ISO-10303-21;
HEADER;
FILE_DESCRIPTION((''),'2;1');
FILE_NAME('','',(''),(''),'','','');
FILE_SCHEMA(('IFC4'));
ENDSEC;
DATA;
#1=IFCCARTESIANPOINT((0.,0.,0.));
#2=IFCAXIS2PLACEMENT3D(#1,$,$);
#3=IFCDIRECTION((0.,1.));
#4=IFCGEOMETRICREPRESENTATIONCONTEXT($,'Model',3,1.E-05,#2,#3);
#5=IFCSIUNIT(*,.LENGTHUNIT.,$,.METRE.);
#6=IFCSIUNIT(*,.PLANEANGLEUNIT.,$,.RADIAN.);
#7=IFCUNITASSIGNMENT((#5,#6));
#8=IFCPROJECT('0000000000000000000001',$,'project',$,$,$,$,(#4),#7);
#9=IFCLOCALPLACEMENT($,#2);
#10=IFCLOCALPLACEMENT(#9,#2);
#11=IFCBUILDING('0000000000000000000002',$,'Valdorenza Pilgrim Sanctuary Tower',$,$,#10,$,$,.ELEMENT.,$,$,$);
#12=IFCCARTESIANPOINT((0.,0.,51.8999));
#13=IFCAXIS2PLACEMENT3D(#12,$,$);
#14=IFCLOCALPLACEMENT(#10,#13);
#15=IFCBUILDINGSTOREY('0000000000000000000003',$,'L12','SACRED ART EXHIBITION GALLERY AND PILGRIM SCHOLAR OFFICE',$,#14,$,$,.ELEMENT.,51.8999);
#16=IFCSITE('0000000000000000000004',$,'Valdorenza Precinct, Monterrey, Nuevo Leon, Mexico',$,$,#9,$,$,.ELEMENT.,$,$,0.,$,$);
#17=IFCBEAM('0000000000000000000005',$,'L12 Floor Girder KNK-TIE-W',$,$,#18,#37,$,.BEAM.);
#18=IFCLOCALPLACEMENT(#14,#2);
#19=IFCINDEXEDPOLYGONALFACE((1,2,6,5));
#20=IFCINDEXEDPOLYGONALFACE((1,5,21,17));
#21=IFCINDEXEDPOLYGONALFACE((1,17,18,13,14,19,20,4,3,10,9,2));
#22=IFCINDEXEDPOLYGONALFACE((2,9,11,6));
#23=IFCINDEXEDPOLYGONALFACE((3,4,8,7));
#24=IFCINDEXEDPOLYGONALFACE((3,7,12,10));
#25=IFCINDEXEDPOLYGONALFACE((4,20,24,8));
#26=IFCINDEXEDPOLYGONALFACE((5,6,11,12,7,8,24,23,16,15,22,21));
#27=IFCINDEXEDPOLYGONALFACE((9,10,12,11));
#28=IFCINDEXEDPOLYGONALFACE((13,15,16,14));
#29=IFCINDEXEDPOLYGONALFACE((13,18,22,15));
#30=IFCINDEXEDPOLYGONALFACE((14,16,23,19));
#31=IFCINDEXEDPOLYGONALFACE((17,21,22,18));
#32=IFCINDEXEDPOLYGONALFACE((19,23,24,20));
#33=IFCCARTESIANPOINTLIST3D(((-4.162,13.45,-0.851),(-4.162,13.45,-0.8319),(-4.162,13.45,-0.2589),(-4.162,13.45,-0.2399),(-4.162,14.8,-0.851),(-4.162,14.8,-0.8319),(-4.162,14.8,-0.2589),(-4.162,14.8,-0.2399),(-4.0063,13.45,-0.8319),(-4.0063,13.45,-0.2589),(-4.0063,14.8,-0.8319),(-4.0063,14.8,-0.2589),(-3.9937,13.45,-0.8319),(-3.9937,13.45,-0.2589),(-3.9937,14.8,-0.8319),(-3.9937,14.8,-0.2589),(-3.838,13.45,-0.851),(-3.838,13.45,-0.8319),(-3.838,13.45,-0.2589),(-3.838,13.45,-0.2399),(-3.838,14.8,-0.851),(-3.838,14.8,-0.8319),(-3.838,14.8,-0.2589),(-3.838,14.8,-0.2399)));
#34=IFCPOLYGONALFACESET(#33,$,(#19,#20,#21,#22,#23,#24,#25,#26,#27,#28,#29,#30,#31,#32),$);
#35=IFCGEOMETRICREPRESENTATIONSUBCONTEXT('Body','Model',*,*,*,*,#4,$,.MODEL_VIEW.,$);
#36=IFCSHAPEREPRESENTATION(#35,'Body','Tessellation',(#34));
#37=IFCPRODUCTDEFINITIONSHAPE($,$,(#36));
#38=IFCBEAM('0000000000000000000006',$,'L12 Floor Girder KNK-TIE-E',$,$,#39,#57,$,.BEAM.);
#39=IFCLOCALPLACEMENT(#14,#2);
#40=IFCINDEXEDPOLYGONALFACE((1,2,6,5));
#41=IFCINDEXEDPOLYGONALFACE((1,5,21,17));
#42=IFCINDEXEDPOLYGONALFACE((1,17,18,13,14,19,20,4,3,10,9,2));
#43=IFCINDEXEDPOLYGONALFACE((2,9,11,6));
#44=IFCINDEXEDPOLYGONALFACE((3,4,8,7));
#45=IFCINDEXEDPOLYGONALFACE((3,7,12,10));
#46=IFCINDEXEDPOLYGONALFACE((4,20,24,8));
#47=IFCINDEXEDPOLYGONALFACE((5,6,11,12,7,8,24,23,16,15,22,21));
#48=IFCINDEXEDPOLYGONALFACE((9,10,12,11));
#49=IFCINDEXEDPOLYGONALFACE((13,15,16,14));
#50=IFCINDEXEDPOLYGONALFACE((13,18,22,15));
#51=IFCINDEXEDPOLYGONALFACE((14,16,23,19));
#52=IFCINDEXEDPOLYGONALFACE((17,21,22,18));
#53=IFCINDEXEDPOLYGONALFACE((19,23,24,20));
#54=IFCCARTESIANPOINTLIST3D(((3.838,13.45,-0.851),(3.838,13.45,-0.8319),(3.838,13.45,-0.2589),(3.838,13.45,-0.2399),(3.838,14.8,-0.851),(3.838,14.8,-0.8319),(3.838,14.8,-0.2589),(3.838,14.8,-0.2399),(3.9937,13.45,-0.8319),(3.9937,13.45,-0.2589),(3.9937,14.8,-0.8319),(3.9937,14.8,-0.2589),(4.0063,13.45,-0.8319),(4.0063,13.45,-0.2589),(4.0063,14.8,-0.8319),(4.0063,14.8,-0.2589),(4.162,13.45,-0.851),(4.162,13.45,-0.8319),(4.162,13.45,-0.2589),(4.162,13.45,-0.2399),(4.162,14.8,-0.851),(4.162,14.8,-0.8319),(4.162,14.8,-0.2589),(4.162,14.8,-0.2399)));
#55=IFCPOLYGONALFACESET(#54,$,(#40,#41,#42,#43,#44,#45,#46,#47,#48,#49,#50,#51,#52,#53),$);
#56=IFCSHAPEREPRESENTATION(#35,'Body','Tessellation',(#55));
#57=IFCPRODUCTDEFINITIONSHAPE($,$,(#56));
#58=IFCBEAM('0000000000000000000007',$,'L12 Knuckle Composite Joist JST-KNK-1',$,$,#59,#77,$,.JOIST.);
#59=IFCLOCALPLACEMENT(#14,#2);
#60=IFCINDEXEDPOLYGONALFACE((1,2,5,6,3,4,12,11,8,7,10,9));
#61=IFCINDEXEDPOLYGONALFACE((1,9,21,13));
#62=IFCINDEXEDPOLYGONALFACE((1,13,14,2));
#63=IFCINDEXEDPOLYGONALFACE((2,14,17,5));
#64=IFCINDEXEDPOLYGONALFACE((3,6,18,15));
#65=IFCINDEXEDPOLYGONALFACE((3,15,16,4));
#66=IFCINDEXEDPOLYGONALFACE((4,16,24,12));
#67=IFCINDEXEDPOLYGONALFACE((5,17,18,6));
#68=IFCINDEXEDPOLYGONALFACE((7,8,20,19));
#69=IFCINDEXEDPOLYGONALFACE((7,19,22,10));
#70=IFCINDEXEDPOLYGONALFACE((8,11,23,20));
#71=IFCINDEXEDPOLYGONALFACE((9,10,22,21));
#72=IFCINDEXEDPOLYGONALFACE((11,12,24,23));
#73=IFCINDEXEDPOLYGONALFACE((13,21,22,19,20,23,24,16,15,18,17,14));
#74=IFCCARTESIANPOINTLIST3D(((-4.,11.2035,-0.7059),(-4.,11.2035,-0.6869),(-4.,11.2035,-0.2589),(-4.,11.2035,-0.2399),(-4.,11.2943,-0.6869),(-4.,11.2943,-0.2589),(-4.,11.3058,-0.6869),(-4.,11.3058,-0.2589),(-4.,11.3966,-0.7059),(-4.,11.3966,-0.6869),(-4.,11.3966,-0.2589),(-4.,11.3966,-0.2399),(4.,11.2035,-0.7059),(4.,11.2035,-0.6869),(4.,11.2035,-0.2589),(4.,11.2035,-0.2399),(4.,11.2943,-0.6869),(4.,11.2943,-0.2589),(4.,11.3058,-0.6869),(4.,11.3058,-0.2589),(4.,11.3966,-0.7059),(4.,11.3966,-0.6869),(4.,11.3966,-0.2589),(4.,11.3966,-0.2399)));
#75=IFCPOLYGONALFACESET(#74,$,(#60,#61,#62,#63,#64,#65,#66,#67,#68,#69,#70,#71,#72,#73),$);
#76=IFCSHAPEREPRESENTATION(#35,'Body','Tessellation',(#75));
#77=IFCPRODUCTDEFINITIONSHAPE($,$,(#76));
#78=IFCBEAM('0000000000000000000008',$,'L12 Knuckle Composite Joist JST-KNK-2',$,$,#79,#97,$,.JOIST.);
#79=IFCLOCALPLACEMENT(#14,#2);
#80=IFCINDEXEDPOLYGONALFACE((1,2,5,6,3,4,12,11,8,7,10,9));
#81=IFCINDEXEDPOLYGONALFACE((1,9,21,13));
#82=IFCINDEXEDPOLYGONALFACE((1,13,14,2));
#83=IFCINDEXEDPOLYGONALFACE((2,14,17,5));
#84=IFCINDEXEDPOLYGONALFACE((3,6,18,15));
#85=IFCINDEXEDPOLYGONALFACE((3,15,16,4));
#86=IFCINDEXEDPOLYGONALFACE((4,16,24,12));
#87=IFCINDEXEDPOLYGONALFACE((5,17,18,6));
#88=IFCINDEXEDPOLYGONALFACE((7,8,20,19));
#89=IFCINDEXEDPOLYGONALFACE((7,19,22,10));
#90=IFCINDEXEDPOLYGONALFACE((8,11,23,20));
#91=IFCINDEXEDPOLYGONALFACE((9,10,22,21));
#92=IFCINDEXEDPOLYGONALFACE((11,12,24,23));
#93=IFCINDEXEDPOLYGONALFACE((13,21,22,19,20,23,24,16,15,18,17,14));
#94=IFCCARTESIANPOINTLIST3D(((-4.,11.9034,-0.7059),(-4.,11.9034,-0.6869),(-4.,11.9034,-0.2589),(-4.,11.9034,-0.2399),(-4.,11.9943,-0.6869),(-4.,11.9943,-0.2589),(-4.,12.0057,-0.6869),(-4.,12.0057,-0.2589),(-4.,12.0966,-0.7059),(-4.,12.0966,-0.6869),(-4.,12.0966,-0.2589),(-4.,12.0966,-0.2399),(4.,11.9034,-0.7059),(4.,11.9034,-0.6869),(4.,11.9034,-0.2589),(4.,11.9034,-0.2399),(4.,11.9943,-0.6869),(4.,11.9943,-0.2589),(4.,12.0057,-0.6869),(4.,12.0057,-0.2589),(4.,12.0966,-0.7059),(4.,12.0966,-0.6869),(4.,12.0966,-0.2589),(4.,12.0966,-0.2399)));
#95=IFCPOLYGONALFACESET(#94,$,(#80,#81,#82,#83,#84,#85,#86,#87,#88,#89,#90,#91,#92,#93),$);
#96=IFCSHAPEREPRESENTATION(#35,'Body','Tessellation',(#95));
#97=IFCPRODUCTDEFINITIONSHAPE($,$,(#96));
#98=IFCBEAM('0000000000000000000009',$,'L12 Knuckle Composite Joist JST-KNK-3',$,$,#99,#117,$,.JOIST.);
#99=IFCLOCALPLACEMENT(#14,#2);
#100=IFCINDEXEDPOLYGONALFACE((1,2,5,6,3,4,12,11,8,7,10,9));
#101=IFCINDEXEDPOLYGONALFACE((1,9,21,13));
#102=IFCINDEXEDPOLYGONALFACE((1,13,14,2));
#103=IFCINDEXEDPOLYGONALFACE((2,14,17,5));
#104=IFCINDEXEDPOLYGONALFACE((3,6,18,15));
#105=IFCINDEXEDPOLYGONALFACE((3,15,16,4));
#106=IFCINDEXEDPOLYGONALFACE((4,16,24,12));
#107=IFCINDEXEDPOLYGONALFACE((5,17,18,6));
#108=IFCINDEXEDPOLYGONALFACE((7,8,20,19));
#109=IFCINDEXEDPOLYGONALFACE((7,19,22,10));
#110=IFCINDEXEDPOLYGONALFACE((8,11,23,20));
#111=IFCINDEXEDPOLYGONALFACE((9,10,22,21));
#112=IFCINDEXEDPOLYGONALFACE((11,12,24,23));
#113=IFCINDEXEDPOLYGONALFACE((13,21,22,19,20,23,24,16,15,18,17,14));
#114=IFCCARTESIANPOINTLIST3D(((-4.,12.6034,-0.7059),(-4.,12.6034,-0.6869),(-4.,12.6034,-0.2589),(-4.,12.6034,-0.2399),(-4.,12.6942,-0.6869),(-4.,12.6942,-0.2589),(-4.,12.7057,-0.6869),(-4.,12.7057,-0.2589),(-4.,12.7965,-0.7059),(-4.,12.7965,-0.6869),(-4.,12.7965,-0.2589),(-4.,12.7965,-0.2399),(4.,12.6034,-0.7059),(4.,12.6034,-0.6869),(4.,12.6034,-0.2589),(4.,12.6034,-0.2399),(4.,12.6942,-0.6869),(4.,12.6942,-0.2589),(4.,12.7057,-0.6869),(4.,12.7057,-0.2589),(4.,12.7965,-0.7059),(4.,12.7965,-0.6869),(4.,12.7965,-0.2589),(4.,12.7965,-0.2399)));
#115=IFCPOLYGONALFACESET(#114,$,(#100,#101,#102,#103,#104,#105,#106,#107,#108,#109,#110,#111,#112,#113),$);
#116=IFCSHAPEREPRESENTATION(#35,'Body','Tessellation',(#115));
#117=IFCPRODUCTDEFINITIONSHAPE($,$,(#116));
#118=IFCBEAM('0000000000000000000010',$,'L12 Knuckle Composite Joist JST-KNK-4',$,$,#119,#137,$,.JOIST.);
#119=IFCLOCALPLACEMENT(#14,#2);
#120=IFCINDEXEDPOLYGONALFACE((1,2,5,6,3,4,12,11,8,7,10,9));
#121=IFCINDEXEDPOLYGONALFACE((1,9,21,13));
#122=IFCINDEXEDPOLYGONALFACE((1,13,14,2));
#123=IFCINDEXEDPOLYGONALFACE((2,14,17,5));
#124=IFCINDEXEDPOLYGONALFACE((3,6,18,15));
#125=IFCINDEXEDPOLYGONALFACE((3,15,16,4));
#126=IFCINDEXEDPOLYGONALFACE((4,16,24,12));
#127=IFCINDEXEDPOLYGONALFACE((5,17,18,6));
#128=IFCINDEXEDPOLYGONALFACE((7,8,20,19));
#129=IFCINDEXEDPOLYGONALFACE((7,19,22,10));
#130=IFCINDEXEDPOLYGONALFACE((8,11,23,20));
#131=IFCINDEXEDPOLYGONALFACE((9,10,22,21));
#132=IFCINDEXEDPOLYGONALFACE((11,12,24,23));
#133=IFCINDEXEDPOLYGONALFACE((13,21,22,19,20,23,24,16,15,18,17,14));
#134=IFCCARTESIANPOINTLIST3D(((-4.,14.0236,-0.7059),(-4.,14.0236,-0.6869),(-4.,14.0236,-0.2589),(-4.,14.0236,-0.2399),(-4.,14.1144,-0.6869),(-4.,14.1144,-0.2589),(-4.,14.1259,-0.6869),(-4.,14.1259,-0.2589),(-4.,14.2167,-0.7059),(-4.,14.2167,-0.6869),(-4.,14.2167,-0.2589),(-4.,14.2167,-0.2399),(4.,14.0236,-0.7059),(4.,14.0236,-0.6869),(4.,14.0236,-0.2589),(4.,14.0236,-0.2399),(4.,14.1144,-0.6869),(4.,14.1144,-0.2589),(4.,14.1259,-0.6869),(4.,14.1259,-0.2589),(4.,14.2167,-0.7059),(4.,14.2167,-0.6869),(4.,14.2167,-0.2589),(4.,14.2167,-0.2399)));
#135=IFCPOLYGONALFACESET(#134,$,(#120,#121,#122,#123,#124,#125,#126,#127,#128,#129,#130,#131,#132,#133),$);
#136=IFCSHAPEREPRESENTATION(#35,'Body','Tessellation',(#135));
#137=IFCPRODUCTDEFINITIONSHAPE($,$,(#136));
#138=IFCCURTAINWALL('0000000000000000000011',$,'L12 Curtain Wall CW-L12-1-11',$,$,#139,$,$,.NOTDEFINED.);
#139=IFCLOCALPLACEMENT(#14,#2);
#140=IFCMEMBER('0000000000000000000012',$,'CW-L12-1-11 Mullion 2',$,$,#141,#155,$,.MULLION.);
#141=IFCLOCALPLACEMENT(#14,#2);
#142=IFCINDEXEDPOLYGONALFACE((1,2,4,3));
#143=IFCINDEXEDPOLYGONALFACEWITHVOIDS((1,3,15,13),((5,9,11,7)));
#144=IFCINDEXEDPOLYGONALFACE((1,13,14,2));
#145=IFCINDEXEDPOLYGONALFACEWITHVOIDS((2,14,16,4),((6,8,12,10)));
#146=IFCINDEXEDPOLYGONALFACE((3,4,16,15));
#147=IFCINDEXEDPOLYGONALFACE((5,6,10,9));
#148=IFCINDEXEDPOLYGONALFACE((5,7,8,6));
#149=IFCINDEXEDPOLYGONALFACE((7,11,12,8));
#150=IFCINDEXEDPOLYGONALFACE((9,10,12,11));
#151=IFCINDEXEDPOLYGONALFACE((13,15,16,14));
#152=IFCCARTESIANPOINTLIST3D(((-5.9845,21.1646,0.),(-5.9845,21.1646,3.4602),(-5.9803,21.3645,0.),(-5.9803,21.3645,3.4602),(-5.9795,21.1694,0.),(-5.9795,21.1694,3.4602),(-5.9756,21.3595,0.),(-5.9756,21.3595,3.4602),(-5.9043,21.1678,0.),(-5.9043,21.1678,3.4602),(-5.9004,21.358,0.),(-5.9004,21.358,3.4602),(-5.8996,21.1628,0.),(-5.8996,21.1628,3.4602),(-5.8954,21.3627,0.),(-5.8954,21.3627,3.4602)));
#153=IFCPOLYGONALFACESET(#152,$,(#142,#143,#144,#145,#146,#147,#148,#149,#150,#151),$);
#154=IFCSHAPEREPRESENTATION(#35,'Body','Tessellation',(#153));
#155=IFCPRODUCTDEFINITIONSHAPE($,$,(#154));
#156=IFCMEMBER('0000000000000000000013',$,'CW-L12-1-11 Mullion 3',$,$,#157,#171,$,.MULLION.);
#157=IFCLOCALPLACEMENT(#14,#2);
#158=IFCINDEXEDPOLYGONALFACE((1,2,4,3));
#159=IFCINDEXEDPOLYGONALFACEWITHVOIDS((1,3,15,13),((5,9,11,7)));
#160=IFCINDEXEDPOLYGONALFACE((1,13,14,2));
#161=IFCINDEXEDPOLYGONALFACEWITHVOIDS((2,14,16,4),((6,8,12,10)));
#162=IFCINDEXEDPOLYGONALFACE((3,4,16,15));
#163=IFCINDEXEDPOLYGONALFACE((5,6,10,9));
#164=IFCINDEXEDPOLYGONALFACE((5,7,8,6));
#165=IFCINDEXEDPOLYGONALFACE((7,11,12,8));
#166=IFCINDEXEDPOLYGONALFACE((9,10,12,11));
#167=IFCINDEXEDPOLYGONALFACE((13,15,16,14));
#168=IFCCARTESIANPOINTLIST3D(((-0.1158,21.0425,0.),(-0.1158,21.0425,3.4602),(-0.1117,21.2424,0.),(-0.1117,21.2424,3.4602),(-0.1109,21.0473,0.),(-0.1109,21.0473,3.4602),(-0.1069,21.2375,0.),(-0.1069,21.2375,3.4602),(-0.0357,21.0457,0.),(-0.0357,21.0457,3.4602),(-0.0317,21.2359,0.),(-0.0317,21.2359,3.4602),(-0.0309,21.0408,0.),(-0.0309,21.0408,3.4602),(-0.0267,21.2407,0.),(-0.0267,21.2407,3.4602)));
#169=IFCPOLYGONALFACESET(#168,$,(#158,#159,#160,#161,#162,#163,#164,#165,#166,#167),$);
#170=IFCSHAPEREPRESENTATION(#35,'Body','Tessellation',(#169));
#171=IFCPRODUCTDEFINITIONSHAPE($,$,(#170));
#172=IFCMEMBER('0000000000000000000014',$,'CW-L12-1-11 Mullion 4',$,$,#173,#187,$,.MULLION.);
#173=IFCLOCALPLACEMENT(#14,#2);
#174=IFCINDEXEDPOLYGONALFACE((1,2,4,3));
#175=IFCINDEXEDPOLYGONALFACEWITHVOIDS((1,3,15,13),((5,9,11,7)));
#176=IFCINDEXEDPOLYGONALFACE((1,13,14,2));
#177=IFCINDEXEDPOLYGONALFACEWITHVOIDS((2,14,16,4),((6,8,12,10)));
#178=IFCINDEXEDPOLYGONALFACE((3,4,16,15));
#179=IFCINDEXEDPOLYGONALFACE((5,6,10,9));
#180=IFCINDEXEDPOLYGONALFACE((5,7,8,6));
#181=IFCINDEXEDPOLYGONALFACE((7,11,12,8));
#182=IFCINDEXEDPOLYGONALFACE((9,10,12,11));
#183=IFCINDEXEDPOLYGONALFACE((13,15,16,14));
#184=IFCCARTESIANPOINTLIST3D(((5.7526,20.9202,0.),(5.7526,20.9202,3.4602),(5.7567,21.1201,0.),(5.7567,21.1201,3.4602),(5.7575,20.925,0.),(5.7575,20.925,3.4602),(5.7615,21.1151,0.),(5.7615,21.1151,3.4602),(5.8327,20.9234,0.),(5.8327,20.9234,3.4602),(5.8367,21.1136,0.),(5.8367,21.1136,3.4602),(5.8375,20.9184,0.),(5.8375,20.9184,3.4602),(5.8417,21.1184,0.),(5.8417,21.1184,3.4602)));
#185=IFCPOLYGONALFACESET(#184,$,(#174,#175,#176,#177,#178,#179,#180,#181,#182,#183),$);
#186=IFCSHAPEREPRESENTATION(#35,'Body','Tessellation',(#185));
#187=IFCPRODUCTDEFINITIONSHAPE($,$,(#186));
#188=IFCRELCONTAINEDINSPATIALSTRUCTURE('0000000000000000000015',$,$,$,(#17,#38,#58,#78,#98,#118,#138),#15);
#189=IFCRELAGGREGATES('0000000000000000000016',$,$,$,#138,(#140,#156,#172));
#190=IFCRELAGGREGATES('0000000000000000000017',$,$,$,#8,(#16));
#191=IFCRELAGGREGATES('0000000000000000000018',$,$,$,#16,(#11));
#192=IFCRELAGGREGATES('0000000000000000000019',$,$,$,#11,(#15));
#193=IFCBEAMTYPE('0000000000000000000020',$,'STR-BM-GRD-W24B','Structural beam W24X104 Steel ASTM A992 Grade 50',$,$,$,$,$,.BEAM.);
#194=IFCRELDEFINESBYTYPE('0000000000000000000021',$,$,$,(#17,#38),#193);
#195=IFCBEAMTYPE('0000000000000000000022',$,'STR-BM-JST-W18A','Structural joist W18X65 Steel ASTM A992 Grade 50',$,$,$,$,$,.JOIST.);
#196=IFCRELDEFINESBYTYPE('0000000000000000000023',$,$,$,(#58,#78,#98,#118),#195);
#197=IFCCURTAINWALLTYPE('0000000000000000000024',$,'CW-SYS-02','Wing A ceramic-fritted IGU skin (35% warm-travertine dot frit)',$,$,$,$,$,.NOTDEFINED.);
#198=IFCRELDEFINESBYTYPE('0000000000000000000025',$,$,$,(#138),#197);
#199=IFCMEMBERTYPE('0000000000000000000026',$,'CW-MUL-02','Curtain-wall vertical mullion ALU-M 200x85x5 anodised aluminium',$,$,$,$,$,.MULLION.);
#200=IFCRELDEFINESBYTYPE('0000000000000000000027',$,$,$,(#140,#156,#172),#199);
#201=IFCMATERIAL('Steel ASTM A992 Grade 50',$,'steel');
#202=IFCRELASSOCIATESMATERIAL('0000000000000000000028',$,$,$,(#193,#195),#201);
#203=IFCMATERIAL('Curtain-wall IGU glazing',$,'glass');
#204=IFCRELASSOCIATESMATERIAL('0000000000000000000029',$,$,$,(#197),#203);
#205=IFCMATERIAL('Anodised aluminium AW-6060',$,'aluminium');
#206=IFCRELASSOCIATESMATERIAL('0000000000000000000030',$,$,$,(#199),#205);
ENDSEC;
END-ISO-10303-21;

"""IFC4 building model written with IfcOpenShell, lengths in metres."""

from ifc_helpers import new_model, si_unit, direction, frame, origin, origin_2d, place, context, subcontext, project, spatial, hollow_rectangle, i_section, extrude, source, transform, mapped, material, material_profile, profile_set, type_object, element, aggregate, save


model = new_model("IFC4")

# Units and contexts
model_context = context("Model", 3, precision=1e-05, world=origin(), true_north=direction((0.0, 1.0)))
body_context = subcontext(model_context, "Body", "Model", "MODEL_VIEW")
ifc_project = project(units=[si_unit("LENGTHUNIT", "METRE"), si_unit("PLANEANGLEUNIT", "RADIAN")], contexts=[model_context])

# Site, building, storey
site_placement = place(None, origin())
site = spatial("IfcSite", under=ifc_project, at=site_placement, Name="Valdorenza Precinct, Monterrey, Nuevo Leon, Mexico", CompositionType="ELEMENT", RefElevation=0.0)
building_placement = place(site_placement, origin())
building = spatial("IfcBuilding", under=site, at=building_placement, Name="Valdorenza Pilgrim Sanctuary Tower", CompositionType="ELEMENT")
storey_placement = place(building_placement, frame((0.0, 0.0, 51.8999)))
storey = spatial("IfcBuildingStorey", under=building, at=storey_placement, Name="L12", Description="SACRED ART EXHIBITION GALLERY AND PILGRIM SCHOLAR OFFICE", CompositionType="ELEMENT", Elevation=51.8999)

# Shared definitions
ifc_material_1 = material(Name="Steel ASTM A992 Grade 50", Category="steel")

# Beams
ifc_material_profile_1 = material_profile(ifc_material_1, i_section(OverallWidth=0.324, OverallDepth=0.6111, WebThickness=0.0127, FlangeThickness=0.019, at=origin_2d()), Name="W24X104")
ifc_profile_set_1 = profile_set([ifc_material_profile_1], Name="Steel ASTM A992 Grade 50")
beam_type_1 = type_object("IfcBeamType", Name="STR-BM-GRD-W24B", Description="Structural beam W24X104 Steel ASTM A992 Grade 50", PredefinedType="BEAM", material=ifc_profile_set_1)
shared_shape_1 = source(origin(), body_context, "Body", "SweptSolid", [
    extrude(i_section(OverallWidth=0.324, OverallDepth=0.6111, WebThickness=0.0127, FlangeThickness=0.019, at=origin_2d()), origin(), (0.0, 0.0, 1.0), 1.3501),
])
for number, where, z_axis, x_axis, name in (
    (1, (-4.0, 13.45, -0.5454), (0.0, 1.0, 0.0), (-1.0, 0.0, 0.0), "L12 Floor Girder KNK-TIE-W"),
    (2, (4.0, 13.45, -0.5454), (0.0, 1.0, 0.0), (-1.0, 0.0, 0.0), "L12 Floor Girder KNK-TIE-E"),
):
    element("IfcBeam", number, at=place(storey_placement, frame(where, z_axis=z_axis, x_axis=x_axis)), inside=storey, type_object=beam_type_1, Name=name, PredefinedType="BEAM", context=body_context, shape_type="MappedRepresentation", body=[
        mapped(shared_shape_1, transform((0.0, 0.0, 0.0), x_axis=(1.0, 0.0, 0.0), y_axis=(0.0, 1.0, 0.0), z_axis=(0.0, 0.0, 1.0), scale=1.0)),
    ])
ifc_material_profile_2 = material_profile(ifc_material_1, i_section(OverallWidth=0.1931, OverallDepth=0.4661, WebThickness=0.0115, FlangeThickness=0.019, at=origin_2d()), Name="W18X65")
ifc_profile_set_2 = profile_set([ifc_material_profile_2], Name="Steel ASTM A992 Grade 50")
beam_type_2 = type_object("IfcBeamType", Name="STR-BM-JST-W18A", Description="Structural joist W18X65 Steel ASTM A992 Grade 50", PredefinedType="JOIST", material=ifc_profile_set_2)
shared_shape_2 = source(origin(), body_context, "Body", "SweptSolid", [
    extrude(i_section(OverallWidth=0.1931, OverallDepth=0.4661, WebThickness=0.0115, FlangeThickness=0.019, at=origin_2d()), origin(), (0.0, 0.0, 1.0), 8.0),
])
for number, where, z_axis, x_axis, name in (
    (3, (-4.0, 11.3, -0.4729), (1.0, 0.0, 0.0), (0.0, 1.0, 0.0), "L12 Knuckle Composite Joist JST-KNK-1"),
    (4, (-4.0, 12.0, -0.4729), (1.0, 0.0, 0.0), (0.0, 1.0, 0.0), "L12 Knuckle Composite Joist JST-KNK-2"),
    (5, (-4.0, 12.7, -0.4729), (1.0, 0.0, 0.0), (0.0, 1.0, 0.0), "L12 Knuckle Composite Joist JST-KNK-3"),
    (6, (-4.0, 14.1201, -0.4729), (1.0, 0.0, 0.0), (0.0, 1.0, 0.0), "L12 Knuckle Composite Joist JST-KNK-4"),
):
    element("IfcBeam", number, at=place(storey_placement, frame(where, z_axis=z_axis, x_axis=x_axis)), inside=storey, type_object=beam_type_2, Name=name, PredefinedType="JOIST", context=body_context, shape_type="MappedRepresentation", body=[
        mapped(shared_shape_2, transform((0.0, 0.0, 0.0), x_axis=(1.0, 0.0, 0.0), y_axis=(0.0, 1.0, 0.0), z_axis=(0.0, 0.0, 1.0), scale=1.0)),
    ])

# Curtain wall, members
ifc_material_2 = material(Name="Curtain-wall IGU glazing", Category="glass")
curtain_wall_type = type_object("IfcCurtainWallType", Name="CW-SYS-02", Description="Wing A ceramic-fritted IGU skin (35% warm-travertine dot frit)", PredefinedType="NOTDEFINED", material=ifc_material_2)
curtain_wall_1_placement = place(storey_placement, origin())
curtain_wall_1 = element("IfcCurtainWall", 7, at=curtain_wall_1_placement, inside=storey, type_object=curtain_wall_type, Name="L12 Curtain Wall CW-L12-1-11", PredefinedType="NOTDEFINED")
ifc_material_3 = material(Name="Anodised aluminium AW-6060", Category="aluminium")
ifc_material_profile_3 = material_profile(ifc_material_3, hollow_rectangle(XDim=0.085, YDim=0.2, WallThickness=0.0049, at=origin_2d()), Name="ALU-M 200x85x5")
ifc_profile_set_3 = profile_set([ifc_material_profile_3], Name="Anodised aluminium AW-6060")
member_type = type_object("IfcMemberType", Name="CW-MUL-02", Description="Curtain-wall vertical mullion ALU-M 200x85x5 anodised aluminium", PredefinedType="MULLION", material=ifc_profile_set_3)
shared_shape_3 = source(origin(), body_context, "Body", "SweptSolid", [
    extrude(hollow_rectangle(XDim=0.085, YDim=0.2, WallThickness=0.0049, at=origin_2d()), origin(), (0.0, 0.0, 1.0), 3.4602),
])
member_1_placement = place(storey_placement, frame((-5.9399, 21.2637, 0.0), z_axis=(0.0, 0.0, 1.0), x_axis=(0.999783, -0.02082, 0.0)))
member_1 = element("IfcMember", 8, at=member_1_placement, type_object=member_type, Name="CW-L12-1-11 Mullion 2", PredefinedType="MULLION", context=body_context, shape_type="MappedRepresentation", body=[
    mapped(shared_shape_3, transform((0.0, 0.0, 0.0), x_axis=(1.0, 0.0, 0.0), y_axis=(0.0, 1.0, 0.0), z_axis=(0.0, 0.0, 1.0), scale=1.0)),
])
member_2_placement = place(storey_placement, frame((-0.0713, 21.1416, 0.0), z_axis=(0.0, 0.0, 1.0), x_axis=(0.999783, -0.02082, 0.0)))
member_2 = element("IfcMember", 9, at=member_2_placement, type_object=member_type, Name="CW-L12-1-11 Mullion 3", PredefinedType="MULLION", context=body_context, shape_type="MappedRepresentation", body=[
    mapped(shared_shape_3, transform((0.0, 0.0, 0.0), x_axis=(1.0, 0.0, 0.0), y_axis=(0.0, 1.0, 0.0), z_axis=(0.0, 0.0, 1.0), scale=1.0)),
])
member_3_placement = place(storey_placement, frame((5.7971, 21.0193, 0.0), z_axis=(0.0, 0.0, 1.0), x_axis=(0.999783, -0.02082, 0.0)))
member_3 = element("IfcMember", 10, at=member_3_placement, type_object=member_type, Name="CW-L12-1-11 Mullion 4", PredefinedType="MULLION", context=body_context, shape_type="MappedRepresentation", body=[
    mapped(shared_shape_3, transform((0.0, 0.0, 0.0), x_axis=(1.0, 0.0, 0.0), y_axis=(0.0, 1.0, 0.0), z_axis=(0.0, 0.0, 1.0), scale=1.0)),
])

aggregate(curtain_wall_1, [member_1, member_2, member_3])

save(model, "model.ifc")
